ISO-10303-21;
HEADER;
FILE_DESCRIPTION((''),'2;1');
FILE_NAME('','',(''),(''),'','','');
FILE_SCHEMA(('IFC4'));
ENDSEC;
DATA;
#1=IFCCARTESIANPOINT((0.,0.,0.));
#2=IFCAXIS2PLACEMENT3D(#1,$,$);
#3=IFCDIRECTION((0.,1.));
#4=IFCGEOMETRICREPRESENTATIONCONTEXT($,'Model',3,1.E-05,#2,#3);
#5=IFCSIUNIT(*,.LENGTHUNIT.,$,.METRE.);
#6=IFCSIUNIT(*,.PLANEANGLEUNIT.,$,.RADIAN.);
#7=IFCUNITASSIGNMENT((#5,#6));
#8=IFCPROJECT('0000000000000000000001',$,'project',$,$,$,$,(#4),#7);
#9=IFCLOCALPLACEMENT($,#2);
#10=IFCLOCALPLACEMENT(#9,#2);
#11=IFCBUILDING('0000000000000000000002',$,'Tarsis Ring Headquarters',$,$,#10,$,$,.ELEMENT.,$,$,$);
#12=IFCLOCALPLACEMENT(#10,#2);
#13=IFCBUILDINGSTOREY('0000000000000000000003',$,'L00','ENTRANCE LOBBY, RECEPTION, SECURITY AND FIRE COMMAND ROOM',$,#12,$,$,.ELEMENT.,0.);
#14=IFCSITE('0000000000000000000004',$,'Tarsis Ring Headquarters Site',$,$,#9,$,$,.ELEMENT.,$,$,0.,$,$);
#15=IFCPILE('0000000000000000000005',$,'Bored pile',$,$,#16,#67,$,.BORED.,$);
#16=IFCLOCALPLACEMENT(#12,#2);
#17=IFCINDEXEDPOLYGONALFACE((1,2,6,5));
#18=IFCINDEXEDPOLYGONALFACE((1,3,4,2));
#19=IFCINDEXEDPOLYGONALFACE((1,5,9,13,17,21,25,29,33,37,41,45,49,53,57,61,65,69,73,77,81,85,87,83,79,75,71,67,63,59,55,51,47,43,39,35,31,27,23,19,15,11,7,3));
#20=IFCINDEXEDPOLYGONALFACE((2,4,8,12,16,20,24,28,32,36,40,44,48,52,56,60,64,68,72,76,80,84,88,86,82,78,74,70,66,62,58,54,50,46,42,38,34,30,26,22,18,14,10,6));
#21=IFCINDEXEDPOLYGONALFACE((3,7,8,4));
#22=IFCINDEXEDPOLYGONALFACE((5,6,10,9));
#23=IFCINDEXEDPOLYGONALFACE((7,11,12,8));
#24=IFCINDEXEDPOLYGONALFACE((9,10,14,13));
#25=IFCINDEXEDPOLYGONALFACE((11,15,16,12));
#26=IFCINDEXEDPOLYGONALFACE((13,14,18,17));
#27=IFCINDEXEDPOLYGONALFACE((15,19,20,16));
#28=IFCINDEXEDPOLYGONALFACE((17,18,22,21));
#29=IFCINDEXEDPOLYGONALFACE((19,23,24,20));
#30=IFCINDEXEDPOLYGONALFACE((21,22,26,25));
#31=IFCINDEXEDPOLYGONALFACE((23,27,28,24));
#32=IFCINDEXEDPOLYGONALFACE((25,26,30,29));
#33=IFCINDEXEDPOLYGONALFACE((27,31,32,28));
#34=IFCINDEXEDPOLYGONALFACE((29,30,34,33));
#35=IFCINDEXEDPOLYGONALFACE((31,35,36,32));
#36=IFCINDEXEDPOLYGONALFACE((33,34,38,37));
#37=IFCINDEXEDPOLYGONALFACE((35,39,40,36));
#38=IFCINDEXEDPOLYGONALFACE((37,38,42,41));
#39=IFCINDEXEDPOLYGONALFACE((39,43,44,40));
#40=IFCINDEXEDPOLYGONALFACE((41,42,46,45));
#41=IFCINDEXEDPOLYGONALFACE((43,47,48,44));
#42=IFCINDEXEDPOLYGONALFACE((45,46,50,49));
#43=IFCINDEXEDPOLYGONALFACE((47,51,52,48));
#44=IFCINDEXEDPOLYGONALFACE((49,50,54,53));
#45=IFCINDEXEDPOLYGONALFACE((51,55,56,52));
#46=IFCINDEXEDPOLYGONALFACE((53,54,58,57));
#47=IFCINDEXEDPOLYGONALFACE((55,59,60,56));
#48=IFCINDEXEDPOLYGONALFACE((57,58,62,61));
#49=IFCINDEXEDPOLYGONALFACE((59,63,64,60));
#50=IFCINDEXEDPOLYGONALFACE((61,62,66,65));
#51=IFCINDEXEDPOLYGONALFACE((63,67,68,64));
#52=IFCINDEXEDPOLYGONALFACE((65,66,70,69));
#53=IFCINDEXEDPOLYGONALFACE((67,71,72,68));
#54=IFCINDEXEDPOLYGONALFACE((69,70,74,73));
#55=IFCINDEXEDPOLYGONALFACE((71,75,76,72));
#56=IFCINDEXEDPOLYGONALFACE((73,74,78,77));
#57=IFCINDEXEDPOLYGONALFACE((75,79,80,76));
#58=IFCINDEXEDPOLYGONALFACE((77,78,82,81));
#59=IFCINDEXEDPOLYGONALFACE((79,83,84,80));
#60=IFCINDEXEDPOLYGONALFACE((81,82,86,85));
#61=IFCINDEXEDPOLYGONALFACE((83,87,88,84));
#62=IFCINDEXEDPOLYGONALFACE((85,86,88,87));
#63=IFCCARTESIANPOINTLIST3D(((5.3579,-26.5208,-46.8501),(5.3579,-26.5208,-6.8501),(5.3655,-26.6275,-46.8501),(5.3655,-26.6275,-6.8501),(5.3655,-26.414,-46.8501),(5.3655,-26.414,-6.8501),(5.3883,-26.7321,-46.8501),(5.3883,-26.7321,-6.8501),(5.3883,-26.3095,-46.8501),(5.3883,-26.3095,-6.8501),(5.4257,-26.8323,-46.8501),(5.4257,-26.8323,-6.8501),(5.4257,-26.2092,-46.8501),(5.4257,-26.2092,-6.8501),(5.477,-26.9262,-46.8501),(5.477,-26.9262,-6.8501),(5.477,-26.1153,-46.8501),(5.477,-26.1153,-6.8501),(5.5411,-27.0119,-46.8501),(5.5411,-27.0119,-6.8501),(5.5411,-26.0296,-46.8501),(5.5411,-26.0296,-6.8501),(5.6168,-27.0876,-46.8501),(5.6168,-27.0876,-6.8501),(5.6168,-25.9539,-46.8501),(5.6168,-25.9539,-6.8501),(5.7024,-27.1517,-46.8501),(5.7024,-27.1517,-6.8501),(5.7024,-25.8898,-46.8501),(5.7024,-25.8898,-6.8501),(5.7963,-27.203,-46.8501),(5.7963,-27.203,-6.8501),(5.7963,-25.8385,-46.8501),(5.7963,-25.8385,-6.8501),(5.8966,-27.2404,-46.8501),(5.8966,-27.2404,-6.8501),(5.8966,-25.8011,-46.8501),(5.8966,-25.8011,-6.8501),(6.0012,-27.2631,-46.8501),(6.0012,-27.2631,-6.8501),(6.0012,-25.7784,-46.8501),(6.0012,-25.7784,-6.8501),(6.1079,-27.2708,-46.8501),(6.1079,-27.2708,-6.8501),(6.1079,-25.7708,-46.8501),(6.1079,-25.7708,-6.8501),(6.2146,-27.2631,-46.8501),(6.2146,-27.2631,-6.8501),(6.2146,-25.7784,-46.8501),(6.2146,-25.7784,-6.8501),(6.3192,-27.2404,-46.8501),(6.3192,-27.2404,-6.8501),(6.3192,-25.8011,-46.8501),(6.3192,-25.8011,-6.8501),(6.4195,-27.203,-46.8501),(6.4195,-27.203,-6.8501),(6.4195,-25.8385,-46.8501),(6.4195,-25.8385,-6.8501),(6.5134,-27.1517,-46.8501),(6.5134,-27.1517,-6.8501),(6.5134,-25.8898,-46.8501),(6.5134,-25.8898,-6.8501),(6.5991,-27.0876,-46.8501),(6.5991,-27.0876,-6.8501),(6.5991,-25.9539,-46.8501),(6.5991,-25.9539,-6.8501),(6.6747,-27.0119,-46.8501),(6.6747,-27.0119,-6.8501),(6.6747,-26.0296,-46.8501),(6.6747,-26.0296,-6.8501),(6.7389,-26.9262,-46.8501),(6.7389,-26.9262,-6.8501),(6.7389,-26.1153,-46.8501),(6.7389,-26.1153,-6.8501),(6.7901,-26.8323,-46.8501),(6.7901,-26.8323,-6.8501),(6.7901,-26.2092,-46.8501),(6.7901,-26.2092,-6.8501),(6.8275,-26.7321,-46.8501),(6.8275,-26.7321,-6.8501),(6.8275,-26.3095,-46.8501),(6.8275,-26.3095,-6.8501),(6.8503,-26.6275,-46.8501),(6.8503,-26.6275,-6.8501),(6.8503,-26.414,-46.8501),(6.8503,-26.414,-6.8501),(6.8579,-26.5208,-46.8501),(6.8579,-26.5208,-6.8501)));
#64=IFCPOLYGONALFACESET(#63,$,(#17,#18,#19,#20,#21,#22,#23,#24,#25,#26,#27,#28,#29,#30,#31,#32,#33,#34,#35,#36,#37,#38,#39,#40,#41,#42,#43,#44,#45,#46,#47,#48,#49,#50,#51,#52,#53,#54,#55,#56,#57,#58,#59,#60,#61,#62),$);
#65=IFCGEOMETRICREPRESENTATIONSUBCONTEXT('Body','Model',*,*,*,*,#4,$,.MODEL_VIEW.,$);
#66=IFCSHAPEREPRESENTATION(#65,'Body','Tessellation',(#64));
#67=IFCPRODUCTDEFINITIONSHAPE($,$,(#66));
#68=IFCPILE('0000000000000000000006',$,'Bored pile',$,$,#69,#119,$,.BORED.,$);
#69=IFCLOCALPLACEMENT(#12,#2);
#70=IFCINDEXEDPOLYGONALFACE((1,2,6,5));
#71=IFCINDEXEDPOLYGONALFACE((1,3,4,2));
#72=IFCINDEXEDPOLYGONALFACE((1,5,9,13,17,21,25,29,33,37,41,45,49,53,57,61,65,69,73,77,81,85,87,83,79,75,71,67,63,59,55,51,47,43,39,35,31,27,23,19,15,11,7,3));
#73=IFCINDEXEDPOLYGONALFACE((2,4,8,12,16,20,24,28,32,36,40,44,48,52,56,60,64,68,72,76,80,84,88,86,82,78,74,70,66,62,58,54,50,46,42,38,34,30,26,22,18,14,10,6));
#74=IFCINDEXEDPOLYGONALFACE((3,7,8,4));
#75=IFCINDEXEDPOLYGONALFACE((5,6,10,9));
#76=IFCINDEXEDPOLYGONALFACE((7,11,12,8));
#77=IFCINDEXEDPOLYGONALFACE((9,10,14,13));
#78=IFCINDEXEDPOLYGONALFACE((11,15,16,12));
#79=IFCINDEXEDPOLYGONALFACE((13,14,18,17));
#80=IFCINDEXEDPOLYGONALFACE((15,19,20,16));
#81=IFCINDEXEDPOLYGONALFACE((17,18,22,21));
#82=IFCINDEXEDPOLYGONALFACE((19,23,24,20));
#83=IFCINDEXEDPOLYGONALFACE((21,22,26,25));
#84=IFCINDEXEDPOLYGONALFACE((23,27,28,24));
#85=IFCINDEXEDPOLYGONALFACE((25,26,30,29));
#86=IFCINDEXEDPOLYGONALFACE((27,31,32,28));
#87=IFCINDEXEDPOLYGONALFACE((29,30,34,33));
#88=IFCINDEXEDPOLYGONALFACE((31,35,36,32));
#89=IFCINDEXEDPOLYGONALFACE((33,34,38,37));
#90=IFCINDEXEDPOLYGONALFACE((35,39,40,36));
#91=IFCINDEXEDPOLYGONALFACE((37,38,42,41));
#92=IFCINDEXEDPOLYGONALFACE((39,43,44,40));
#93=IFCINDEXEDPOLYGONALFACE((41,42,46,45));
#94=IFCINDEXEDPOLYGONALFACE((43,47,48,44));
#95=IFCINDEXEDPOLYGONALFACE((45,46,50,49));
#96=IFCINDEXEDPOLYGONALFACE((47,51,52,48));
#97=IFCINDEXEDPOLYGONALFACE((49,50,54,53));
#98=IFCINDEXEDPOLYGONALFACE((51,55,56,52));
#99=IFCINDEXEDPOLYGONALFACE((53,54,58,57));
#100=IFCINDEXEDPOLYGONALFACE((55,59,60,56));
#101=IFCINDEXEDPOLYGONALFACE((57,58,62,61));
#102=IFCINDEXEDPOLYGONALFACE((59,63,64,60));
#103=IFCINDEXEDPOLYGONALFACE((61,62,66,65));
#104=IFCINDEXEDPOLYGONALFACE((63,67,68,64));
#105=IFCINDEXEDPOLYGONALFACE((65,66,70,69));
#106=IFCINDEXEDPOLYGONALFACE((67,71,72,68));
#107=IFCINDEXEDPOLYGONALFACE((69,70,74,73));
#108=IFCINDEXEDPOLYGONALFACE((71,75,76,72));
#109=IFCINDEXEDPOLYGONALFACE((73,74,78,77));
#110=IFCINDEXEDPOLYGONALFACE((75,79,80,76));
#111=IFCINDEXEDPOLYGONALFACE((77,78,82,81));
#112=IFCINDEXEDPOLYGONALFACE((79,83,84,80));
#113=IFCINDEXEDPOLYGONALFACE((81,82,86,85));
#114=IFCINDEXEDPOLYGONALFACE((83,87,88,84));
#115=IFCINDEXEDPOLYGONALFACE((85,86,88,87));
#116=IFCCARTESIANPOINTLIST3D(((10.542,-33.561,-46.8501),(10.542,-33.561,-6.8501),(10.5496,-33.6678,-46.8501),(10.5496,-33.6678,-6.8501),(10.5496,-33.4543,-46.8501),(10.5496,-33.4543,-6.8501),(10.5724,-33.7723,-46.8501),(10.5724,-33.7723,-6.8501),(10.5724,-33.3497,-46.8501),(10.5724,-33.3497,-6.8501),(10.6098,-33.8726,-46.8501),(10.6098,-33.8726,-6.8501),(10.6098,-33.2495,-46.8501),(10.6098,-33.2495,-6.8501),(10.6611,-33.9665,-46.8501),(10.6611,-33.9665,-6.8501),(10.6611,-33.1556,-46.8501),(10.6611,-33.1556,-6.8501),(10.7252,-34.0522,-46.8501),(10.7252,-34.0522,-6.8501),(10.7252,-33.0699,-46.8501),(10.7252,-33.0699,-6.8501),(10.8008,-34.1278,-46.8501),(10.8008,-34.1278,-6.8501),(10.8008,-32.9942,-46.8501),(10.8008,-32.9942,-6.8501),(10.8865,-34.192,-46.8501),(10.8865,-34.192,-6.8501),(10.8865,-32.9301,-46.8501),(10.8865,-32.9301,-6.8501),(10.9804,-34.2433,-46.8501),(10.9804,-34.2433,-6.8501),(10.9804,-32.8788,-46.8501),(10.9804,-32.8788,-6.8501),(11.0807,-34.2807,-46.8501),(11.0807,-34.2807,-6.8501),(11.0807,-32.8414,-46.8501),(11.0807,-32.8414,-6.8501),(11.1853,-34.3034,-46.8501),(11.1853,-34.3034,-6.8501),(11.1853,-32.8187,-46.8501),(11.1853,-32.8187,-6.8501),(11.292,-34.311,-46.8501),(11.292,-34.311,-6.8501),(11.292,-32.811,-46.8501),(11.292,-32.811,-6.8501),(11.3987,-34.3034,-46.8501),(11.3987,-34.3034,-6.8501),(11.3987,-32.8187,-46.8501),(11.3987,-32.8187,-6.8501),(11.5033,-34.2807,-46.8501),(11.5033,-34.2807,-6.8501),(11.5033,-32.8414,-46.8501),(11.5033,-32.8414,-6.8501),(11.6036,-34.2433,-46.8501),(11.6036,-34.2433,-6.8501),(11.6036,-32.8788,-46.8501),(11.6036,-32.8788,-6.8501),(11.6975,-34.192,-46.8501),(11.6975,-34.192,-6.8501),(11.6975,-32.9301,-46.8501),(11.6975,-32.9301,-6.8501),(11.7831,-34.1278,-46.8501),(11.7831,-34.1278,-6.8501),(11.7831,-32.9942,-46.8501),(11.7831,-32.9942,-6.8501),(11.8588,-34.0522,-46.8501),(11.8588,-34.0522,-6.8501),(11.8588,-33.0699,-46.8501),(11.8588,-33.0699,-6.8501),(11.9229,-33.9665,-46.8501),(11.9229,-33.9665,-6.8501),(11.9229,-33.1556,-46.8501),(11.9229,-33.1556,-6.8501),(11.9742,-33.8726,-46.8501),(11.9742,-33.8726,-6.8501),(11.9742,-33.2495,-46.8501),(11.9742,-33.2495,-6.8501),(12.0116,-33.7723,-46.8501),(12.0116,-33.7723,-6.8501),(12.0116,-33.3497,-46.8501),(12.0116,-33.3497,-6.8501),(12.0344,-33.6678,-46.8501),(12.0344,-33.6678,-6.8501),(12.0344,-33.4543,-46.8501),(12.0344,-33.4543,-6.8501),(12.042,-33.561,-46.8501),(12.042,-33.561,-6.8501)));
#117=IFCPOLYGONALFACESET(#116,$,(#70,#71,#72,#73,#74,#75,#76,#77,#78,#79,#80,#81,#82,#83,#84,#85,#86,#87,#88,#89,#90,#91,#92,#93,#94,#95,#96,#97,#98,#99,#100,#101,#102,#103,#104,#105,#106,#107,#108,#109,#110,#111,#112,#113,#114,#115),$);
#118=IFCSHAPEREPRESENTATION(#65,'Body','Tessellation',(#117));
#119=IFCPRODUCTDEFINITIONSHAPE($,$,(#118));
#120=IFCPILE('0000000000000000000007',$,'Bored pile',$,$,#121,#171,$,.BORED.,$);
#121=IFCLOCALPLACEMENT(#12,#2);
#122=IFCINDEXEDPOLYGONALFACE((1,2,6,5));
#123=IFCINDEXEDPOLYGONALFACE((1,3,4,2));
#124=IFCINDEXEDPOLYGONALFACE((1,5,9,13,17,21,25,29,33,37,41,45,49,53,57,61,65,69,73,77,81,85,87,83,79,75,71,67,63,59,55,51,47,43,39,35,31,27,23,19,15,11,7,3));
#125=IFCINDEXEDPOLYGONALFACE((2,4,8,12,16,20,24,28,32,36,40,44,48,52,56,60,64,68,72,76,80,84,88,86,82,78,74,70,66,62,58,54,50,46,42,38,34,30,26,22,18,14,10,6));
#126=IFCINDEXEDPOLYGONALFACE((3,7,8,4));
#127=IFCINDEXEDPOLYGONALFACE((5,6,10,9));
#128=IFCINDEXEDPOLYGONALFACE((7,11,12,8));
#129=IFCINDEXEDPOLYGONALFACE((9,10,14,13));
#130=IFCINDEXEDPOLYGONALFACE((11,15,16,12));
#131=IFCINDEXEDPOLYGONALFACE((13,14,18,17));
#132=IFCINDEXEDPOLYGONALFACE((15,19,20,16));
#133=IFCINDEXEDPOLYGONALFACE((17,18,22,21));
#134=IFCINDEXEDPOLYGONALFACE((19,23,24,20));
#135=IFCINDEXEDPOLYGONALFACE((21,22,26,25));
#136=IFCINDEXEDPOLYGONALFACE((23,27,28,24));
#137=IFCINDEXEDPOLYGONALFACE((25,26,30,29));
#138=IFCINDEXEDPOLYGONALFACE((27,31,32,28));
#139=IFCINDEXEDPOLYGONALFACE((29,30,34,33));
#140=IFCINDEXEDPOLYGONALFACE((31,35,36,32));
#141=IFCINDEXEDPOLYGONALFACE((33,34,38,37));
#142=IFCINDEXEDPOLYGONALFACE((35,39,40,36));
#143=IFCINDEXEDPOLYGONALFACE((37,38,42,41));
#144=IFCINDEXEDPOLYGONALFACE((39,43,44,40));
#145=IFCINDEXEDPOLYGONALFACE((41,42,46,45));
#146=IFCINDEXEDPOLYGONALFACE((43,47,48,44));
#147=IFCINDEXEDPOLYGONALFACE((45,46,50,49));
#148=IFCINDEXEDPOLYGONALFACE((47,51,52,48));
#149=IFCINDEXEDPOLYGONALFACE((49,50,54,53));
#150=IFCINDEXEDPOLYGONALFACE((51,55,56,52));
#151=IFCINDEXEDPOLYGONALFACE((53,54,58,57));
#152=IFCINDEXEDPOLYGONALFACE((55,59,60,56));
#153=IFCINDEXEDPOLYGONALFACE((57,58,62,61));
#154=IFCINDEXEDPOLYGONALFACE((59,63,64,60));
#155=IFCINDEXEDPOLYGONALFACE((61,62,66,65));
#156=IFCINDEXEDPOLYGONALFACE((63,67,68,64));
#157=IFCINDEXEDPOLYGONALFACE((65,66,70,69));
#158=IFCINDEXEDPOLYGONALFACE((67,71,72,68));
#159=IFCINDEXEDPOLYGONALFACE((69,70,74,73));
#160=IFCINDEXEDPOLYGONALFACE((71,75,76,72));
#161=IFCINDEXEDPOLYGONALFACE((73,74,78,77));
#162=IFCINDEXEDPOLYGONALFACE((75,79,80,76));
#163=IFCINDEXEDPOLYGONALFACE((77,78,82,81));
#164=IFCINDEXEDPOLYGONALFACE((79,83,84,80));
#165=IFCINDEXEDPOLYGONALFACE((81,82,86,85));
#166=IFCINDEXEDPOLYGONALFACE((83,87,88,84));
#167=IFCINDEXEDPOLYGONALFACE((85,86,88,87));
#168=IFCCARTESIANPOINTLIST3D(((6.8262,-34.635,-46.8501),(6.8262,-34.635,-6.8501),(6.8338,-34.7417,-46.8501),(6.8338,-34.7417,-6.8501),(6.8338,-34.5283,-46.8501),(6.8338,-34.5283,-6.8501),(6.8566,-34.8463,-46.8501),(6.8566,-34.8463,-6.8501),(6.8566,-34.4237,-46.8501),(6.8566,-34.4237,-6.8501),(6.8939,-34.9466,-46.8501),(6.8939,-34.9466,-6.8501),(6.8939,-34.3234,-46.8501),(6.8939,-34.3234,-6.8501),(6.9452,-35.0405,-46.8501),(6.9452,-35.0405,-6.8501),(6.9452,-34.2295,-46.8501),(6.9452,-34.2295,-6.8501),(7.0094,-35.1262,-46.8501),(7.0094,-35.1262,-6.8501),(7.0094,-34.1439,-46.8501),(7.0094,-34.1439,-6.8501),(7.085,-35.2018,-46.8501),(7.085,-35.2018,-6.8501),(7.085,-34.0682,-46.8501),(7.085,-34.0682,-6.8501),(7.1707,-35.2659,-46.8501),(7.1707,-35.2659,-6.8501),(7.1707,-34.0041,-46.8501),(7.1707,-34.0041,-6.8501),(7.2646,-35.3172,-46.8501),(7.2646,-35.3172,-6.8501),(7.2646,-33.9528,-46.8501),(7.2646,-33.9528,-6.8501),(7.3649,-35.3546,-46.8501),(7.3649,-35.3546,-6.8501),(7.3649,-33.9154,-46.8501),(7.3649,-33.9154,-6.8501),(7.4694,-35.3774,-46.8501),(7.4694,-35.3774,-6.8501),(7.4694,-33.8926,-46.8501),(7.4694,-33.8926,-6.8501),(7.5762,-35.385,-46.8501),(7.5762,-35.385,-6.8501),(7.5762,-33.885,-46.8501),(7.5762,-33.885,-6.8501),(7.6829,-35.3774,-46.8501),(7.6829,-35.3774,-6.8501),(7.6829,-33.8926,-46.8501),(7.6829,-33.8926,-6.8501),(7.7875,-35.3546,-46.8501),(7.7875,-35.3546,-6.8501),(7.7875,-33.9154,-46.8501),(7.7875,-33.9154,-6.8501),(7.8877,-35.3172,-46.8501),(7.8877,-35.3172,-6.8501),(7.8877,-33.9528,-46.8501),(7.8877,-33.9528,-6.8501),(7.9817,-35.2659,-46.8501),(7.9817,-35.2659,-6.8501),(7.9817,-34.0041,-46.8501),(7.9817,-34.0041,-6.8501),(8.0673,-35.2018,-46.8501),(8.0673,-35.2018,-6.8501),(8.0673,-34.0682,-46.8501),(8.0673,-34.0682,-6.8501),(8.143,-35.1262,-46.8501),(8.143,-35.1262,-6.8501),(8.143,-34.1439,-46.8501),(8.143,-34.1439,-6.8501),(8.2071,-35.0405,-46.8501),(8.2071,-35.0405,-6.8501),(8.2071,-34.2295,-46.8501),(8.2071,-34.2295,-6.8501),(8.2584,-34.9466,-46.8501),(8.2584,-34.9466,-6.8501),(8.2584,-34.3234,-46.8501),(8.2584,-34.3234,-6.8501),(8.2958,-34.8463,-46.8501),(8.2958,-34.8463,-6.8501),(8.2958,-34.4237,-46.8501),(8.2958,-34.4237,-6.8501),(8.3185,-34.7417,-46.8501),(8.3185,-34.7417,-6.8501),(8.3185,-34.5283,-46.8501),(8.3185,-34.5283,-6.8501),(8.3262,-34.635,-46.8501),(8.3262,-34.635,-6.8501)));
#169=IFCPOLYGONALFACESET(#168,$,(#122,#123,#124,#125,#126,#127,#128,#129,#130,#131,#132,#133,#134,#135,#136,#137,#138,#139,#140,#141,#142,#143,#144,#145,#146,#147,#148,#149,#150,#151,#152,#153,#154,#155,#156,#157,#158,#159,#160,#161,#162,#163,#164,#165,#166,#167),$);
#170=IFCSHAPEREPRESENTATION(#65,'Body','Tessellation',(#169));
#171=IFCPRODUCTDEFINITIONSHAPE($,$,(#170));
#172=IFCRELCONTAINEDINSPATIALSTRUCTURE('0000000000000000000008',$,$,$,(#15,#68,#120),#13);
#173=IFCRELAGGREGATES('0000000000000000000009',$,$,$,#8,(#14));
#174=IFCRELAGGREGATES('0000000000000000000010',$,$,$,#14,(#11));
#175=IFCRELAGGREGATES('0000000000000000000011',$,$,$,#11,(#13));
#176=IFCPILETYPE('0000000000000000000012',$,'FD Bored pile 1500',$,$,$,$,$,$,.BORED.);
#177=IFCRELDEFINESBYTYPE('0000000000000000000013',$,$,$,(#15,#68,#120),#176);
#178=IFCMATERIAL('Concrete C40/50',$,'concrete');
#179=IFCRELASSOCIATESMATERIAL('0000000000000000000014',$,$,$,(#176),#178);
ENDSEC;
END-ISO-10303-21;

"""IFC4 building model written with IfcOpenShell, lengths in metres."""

from ifc_helpers import new_model, si_unit, direction, frame, origin, origin_2d, place, context, subcontext, project, spatial, circle, extrude, material, material_profile, profile_set, type_object, element, save


model = new_model("IFC4")

# Units and contexts
model_context = context("Model", 3, precision=1e-05, world=origin(), true_north=direction((0.0, 1.0)))
body_context = subcontext(model_context, "Body", "Model", "MODEL_VIEW")
ifc_project = project(units=[si_unit("LENGTHUNIT", "METRE"), si_unit("PLANEANGLEUNIT", "RADIAN")], contexts=[model_context])

# Site, building, storey
site_placement = place(None, origin())
site = spatial("IfcSite", under=ifc_project, at=site_placement, Name="Tarsis Ring Headquarters Site", CompositionType="ELEMENT", RefElevation=0.0)
building_placement = place(site_placement, origin())
building = spatial("IfcBuilding", under=site, at=building_placement, Name="Tarsis Ring Headquarters", CompositionType="ELEMENT")
storey_placement = place(building_placement, origin())
storey = spatial("IfcBuildingStorey", under=building, at=storey_placement, Name="L00", Description="ENTRANCE LOBBY, RECEPTION, SECURITY AND FIRE COMMAND ROOM", CompositionType="ELEMENT", Elevation=0.0)

# Piles
ifc_material_1 = material(Name="Concrete C40/50", Category="concrete")
ifc_material_profile_1 = material_profile(ifc_material_1, circle(Radius=0.75, at=origin_2d()), Name="BORED 1500")
ifc_profile_set_1 = profile_set([ifc_material_profile_1], Name="Concrete C40/50")
pile_type = type_object("IfcPileType", Name="FD Bored pile 1500", PredefinedType="BORED", material=ifc_profile_set_1)
for number, where, z_axis, x_axis, name in (
    (1, (6.1079, -26.5208, -6.8501), (0.0, 0.0, -1.0), (1.0, 0.0, 0.0), "Bored pile"),
    (2, (11.292, -33.561, -6.8501), (0.0, 0.0, -1.0), (1.0, 0.0, 0.0), "Bored pile"),
    (3, (7.5762, -34.635, -6.8501), (0.0, 0.0, -1.0), (1.0, 0.0, 0.0), "Bored pile"),
):
    element("IfcPile", number, at=place(storey_placement, frame(where, z_axis=z_axis, x_axis=x_axis)), inside=storey, type_object=pile_type, Name=name, PredefinedType="BORED", context=body_context, shape_type="SweptSolid", body=[
        extrude(circle(Radius=0.75, at=origin_2d()), origin(), (0.0, 0.0, 1.0), 40.0),
    ])

save(model, "model.ifc")
